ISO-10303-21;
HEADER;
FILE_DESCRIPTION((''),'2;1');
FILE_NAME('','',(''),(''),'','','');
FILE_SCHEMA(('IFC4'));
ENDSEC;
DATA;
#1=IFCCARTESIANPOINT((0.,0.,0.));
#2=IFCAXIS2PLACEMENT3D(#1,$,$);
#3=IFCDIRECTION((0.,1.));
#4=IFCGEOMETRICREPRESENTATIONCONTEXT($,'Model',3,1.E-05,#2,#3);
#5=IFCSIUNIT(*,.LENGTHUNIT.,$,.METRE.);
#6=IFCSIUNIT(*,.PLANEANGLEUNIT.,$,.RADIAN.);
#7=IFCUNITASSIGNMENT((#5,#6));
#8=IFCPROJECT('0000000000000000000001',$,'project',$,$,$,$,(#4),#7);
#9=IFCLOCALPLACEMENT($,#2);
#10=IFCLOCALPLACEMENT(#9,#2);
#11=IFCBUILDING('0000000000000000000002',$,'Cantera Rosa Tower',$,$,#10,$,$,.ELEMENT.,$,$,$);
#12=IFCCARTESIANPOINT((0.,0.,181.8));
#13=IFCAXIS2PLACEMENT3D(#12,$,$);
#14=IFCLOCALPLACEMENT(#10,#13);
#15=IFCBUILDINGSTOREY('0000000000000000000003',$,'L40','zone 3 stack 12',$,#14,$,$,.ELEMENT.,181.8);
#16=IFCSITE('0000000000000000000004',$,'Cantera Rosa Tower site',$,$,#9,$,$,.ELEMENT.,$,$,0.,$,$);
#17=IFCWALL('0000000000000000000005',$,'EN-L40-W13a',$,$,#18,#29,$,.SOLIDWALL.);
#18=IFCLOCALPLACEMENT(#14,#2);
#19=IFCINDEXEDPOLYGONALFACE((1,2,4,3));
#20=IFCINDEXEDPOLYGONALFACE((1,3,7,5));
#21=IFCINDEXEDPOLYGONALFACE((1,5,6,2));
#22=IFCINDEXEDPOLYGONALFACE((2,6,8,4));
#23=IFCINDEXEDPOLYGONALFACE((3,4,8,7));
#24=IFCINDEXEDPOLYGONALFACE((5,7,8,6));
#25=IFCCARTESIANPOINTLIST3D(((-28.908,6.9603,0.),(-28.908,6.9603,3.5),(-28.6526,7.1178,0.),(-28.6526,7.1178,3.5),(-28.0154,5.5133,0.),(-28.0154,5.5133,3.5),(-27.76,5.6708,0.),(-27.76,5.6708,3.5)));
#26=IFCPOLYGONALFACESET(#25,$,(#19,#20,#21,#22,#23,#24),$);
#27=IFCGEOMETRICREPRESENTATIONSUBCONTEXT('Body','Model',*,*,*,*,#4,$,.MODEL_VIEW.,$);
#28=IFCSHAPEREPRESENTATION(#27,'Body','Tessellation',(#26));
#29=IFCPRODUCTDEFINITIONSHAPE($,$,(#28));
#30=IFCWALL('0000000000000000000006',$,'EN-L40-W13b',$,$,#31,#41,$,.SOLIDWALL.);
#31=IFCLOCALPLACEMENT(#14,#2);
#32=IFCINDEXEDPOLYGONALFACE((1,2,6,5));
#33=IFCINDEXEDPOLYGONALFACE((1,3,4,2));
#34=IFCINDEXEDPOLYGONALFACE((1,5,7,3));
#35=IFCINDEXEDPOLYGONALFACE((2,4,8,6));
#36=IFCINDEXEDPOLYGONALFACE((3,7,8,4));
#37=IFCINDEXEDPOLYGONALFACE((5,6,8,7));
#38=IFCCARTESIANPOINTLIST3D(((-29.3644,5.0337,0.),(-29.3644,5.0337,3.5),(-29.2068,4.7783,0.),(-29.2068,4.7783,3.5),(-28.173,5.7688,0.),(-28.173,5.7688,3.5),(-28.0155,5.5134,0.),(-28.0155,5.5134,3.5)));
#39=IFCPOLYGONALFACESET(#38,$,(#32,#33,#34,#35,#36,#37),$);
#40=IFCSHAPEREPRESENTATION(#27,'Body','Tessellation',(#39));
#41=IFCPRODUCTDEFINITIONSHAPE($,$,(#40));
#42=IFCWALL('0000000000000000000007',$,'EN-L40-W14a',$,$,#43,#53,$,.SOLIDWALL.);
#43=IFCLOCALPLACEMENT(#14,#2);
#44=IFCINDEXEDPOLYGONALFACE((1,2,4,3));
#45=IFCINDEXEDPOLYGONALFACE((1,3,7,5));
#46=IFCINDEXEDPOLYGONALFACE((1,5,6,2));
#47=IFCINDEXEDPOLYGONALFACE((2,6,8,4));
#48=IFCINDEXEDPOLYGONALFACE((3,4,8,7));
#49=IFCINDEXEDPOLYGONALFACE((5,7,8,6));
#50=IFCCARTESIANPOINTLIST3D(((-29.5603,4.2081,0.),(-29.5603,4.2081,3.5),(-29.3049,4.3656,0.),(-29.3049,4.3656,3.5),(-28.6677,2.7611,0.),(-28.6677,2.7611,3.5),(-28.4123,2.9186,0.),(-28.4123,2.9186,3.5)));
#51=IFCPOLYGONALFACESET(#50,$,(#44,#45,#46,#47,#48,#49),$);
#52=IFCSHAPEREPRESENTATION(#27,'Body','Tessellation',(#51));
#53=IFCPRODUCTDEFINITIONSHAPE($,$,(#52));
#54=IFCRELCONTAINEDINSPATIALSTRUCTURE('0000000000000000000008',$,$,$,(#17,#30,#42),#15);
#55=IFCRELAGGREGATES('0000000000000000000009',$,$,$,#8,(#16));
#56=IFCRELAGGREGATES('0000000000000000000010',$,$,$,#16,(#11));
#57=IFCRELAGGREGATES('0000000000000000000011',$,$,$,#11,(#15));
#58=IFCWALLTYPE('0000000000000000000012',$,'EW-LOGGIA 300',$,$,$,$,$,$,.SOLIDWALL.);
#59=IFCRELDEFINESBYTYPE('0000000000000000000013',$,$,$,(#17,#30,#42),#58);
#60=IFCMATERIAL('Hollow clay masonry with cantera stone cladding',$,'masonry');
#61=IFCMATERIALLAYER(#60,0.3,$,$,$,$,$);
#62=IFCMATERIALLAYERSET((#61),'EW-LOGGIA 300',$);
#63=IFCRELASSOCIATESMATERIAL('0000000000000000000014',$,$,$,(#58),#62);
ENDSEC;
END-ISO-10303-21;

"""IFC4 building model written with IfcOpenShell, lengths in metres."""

from ifc_helpers import new_model, si_unit, direction, frame, frame_2d, origin, place, context, subcontext, project, spatial, rectangle, extrude, material, layer, layer_set, type_object, element, save


model = new_model("IFC4")

# Units and contexts
model_context = context("Model", 3, precision=1e-05, world=origin(), true_north=direction((0.0, 1.0)))
body_context = subcontext(model_context, "Body", "Model", "MODEL_VIEW")
ifc_project = project(units=[si_unit("LENGTHUNIT", "METRE"), si_unit("PLANEANGLEUNIT", "RADIAN")], contexts=[model_context])

# Site, building, storey
site_placement = place(None, origin())
site = spatial("IfcSite", under=ifc_project, at=site_placement, Name="Cantera Rosa Tower site", CompositionType="ELEMENT", RefElevation=0.0)
building_placement = place(site_placement, origin())
building = spatial("IfcBuilding", under=site, at=building_placement, Name="Cantera Rosa Tower", CompositionType="ELEMENT")
storey_placement = place(building_placement, frame((0.0, 0.0, 181.8)))
storey = spatial("IfcBuildingStorey", under=building, at=storey_placement, Name="L40", Description="zone 3 stack 12", CompositionType="ELEMENT", Elevation=181.8)

# Walls
ifc_material_1 = material(Name="Hollow clay masonry with cantera stone cladding", Category="masonry")
ifc_layer_1 = layer(ifc_material_1, 0.3)
ifc_layer_set_1 = layer_set([ifc_layer_1], Name="EW-LOGGIA 300")
wall_type_1 = type_object("IfcWallType", Name="EW-LOGGIA 300", PredefinedType="SOLIDWALL", material=ifc_layer_set_1)
wall_1_placement = place(storey_placement, frame((-28.7803, 7.0391, 0.0), z_axis=(0.0, 0.0, 1.0), x_axis=(0.524994, -0.851106, 0.0)))
element("IfcWall", 1, at=wall_1_placement, inside=storey, type_object=wall_type_1, Name="EN-L40-W13a", PredefinedType="SOLIDWALL", context=body_context, shape_type="SweptSolid", body=[
    extrude(rectangle(XDim=1.7002, YDim=0.3, at=frame_2d((0.8501, 0.0))), origin(), (0.0, 0.0, 1.0), 3.5),
])
wall_2_placement = place(storey_placement, frame((-28.0942, 5.6411, 0.0), z_axis=(0.0, 0.0, 1.0), x_axis=(-0.851041, -0.525099, 0.0)))
element("IfcWall", 2, at=wall_2_placement, inside=storey, type_object=wall_type_1, Name="EN-L40-W13b", PredefinedType="SOLIDWALL", context=body_context, shape_type="SweptSolid", body=[
    extrude(rectangle(XDim=1.3999, YDim=0.3, at=frame_2d((0.7, 0.0))), origin(), (0.0, 0.0, 1.0), 3.5),
])
wall_3_placement = place(storey_placement, frame((-29.4326, 4.2869, 0.0), z_axis=(0.0, 0.0, 1.0), x_axis=(0.524994, -0.851106, 0.0)))
element("IfcWall", 3, at=wall_3_placement, inside=storey, type_object=wall_type_1, Name="EN-L40-W14a", PredefinedType="SOLIDWALL", context=body_context, shape_type="SweptSolid", body=[
    extrude(rectangle(XDim=1.7002, YDim=0.3, at=frame_2d((0.8501, 0.0))), origin(), (0.0, 0.0, 1.0), 3.5),
])

save(model, "model.ifc")
